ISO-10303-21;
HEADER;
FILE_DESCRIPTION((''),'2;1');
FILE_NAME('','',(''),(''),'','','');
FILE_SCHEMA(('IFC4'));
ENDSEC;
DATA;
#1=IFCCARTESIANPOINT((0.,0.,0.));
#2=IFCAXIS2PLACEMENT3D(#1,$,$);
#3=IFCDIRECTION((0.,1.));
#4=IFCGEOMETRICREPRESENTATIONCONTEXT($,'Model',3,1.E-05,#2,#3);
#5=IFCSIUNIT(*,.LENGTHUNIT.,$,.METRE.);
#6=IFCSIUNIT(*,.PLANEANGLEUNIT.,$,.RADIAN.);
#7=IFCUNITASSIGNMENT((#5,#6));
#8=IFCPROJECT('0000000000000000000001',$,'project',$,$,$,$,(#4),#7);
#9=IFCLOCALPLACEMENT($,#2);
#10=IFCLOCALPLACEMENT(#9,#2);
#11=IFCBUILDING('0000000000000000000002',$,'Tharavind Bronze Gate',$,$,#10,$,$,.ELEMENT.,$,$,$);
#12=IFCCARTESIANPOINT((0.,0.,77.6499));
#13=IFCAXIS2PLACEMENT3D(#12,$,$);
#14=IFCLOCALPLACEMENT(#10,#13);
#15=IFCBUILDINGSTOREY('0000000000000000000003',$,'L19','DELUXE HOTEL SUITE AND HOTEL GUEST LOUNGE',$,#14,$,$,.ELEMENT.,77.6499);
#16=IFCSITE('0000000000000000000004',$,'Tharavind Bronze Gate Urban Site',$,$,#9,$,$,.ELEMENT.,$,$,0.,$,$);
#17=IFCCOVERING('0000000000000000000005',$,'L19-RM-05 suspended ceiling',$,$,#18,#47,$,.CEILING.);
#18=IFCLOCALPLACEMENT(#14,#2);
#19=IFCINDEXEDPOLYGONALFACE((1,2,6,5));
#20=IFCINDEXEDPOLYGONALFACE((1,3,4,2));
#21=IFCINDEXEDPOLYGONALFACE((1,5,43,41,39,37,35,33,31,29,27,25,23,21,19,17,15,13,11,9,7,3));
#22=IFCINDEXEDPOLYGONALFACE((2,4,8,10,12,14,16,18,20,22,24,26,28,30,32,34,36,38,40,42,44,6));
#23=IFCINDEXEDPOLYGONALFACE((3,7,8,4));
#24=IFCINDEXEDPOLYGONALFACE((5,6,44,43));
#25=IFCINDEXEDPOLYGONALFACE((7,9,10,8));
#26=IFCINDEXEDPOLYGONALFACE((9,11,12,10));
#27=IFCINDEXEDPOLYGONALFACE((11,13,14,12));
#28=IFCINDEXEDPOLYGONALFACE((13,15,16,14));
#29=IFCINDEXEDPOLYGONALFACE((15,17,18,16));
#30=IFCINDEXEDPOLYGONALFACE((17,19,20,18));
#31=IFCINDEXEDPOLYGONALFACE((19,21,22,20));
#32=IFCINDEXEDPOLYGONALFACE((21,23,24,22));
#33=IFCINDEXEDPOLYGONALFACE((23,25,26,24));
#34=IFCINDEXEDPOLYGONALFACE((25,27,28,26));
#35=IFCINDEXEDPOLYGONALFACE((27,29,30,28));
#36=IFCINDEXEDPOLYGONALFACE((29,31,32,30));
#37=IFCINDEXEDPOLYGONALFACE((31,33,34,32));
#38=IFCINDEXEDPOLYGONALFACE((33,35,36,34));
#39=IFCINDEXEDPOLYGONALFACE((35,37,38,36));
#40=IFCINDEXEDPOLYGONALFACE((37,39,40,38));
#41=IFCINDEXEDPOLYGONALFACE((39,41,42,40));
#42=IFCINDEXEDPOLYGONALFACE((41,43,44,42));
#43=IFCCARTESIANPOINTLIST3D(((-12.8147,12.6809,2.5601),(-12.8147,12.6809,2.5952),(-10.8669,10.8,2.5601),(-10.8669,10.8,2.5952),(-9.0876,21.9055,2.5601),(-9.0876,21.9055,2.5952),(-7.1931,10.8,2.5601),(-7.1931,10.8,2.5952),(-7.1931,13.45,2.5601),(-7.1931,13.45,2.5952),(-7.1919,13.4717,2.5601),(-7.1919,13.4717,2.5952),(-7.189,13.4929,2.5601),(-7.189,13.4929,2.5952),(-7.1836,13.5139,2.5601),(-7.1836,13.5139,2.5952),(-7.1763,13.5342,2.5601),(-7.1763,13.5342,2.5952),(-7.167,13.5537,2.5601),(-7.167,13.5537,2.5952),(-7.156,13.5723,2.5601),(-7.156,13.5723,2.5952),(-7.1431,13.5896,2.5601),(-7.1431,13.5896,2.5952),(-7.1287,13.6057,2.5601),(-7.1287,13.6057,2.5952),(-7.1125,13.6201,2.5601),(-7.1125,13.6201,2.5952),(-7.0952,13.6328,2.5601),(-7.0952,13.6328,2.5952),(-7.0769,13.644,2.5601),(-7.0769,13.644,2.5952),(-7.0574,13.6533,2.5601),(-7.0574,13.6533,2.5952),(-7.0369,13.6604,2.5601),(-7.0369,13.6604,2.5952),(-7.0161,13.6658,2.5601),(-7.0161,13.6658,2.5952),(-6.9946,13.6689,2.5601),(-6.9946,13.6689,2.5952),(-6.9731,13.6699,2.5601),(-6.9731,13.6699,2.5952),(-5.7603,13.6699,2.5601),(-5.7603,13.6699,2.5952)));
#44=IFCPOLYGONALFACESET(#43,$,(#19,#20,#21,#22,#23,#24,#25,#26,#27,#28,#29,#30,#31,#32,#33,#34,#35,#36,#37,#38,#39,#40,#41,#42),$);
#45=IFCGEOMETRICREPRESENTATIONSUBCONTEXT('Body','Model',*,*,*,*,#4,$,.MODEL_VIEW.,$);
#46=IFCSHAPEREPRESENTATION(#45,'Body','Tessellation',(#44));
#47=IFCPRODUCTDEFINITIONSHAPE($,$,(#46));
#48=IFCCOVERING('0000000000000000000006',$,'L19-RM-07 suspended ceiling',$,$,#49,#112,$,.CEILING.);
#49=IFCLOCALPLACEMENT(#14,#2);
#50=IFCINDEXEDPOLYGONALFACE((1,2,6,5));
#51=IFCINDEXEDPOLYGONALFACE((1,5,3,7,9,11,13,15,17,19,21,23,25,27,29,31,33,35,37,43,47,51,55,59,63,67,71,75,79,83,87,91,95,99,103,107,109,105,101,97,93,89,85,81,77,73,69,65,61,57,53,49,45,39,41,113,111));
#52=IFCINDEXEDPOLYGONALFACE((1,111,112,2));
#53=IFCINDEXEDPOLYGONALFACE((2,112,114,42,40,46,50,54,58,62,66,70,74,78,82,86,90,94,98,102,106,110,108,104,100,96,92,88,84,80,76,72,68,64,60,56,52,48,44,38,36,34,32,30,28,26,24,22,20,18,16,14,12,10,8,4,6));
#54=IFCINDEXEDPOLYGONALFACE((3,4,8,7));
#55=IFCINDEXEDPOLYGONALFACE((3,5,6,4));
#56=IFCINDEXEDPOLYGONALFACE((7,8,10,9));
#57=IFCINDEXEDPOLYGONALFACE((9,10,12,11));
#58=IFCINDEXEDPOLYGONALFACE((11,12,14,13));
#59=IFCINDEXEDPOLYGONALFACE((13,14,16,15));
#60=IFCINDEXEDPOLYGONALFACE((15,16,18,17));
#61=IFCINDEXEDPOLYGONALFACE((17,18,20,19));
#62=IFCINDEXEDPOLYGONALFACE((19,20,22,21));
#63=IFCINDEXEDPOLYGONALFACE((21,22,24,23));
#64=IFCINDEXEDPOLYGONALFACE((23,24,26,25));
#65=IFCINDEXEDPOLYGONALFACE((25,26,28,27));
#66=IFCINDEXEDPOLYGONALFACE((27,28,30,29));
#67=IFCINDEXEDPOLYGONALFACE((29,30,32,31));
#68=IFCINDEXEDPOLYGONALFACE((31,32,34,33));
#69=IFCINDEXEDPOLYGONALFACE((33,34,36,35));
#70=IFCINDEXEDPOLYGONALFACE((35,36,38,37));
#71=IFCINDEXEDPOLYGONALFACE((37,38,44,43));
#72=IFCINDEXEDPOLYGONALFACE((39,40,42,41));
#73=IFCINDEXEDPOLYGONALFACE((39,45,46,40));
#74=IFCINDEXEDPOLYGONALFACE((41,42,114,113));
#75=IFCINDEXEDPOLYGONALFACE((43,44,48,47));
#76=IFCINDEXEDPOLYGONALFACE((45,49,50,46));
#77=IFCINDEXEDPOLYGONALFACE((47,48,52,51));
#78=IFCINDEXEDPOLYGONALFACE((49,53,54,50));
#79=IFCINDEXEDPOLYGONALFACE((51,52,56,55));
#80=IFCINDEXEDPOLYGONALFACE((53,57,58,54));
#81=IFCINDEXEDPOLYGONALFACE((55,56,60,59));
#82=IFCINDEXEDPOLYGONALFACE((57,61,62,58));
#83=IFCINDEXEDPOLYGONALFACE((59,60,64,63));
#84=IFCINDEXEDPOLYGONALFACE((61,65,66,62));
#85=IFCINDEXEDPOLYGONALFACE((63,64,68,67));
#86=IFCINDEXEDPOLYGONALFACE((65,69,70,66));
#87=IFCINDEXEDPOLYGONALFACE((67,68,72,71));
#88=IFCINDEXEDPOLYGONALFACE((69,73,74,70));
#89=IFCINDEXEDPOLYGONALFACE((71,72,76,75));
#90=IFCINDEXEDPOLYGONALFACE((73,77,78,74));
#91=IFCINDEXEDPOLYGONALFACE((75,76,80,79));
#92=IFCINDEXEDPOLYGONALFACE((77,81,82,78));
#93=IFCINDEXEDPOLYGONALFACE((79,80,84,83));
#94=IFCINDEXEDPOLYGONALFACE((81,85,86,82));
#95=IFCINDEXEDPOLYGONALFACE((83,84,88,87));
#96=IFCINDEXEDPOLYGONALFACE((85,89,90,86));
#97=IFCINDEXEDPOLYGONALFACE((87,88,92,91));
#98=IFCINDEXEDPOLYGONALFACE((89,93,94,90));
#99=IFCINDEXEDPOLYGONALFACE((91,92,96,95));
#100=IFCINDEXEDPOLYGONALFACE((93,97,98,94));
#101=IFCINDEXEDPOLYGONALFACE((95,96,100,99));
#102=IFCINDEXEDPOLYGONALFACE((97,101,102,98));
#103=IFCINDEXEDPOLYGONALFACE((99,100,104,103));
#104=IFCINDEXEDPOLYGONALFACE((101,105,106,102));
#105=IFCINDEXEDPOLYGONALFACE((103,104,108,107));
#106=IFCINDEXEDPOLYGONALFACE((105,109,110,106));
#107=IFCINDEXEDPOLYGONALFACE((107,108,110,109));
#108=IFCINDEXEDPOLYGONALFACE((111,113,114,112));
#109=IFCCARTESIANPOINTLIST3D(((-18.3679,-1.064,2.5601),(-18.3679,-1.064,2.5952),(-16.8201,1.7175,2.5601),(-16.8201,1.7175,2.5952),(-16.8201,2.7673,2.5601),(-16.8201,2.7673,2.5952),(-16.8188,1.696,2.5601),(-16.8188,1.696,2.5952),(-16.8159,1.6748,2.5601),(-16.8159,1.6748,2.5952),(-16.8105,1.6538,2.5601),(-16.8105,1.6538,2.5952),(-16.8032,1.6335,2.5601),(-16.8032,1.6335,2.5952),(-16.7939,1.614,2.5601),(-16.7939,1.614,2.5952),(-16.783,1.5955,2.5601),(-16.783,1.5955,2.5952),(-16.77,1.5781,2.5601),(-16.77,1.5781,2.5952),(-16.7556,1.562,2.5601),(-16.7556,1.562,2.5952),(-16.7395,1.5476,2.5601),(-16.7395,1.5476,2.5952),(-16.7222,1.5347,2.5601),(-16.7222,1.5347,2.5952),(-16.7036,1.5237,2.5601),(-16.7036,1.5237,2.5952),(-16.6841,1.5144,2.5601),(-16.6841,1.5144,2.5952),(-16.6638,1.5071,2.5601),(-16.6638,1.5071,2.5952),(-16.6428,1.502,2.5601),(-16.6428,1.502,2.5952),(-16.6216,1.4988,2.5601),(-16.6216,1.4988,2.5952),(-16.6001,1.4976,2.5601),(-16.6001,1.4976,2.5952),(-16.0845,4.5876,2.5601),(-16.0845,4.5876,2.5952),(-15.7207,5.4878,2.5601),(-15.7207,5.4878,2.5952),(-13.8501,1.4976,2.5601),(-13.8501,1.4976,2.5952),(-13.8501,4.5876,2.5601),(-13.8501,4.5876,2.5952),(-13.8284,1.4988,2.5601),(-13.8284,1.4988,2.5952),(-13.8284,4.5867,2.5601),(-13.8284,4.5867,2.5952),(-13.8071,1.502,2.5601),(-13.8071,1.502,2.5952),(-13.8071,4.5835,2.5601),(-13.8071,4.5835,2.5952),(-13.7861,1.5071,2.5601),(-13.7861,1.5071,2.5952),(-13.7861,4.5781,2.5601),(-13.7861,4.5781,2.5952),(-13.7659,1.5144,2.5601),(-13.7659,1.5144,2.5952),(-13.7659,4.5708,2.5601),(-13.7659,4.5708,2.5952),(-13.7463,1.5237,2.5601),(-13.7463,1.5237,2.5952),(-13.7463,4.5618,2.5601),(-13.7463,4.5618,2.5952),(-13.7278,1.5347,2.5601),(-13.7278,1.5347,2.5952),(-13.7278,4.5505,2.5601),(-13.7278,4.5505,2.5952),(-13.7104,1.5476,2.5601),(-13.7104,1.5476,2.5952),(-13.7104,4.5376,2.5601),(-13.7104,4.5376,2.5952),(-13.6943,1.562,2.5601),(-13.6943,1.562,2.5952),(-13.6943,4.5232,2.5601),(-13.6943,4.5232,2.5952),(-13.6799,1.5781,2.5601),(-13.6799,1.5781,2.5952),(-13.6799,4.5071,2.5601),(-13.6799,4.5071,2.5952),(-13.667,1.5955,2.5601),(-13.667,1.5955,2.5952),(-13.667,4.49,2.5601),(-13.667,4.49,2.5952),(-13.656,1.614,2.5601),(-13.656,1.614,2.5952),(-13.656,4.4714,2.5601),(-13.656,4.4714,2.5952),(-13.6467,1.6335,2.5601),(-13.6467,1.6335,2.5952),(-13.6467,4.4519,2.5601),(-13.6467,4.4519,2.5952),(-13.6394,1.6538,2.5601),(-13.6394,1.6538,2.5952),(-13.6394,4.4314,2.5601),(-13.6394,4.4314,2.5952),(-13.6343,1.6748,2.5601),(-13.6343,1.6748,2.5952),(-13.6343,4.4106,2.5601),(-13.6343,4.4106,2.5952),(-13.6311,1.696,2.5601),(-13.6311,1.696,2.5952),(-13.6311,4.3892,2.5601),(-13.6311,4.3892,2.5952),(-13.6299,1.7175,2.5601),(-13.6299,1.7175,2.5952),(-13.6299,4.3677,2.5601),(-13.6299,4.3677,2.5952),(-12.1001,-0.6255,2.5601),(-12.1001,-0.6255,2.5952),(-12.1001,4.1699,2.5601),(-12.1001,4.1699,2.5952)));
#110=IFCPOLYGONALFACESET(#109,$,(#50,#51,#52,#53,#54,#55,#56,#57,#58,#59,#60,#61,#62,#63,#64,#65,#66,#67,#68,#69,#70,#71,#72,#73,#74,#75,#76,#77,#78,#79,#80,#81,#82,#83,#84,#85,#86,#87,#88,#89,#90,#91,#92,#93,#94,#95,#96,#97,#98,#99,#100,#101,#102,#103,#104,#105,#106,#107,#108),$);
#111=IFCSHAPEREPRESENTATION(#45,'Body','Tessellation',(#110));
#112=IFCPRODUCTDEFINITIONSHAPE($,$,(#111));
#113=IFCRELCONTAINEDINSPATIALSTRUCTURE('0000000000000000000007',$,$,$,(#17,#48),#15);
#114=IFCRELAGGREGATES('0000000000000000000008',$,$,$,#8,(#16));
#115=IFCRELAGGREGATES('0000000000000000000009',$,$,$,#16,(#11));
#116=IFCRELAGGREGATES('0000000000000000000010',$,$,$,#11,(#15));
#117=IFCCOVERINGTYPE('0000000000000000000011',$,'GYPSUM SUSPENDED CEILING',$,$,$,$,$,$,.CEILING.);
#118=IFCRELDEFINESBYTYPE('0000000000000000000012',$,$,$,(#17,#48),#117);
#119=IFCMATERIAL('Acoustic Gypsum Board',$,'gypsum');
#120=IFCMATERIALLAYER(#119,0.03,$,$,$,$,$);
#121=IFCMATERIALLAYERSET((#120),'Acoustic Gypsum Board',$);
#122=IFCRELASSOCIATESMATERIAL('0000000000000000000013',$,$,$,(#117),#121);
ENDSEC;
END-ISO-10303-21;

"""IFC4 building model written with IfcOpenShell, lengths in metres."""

from ifc_helpers import new_model, si_unit, direction, frame, origin, place, context, subcontext, project, spatial, polyline, outline, extrude, material, layer, layer_set, type_object, element, save


model = new_model("IFC4")

# Units and contexts
model_context = context("Model", 3, precision=1e-05, world=origin(), true_north=direction((0.0, 1.0)))
body_context = subcontext(model_context, "Body", "Model", "MODEL_VIEW")
ifc_project = project(units=[si_unit("LENGTHUNIT", "METRE"), si_unit("PLANEANGLEUNIT", "RADIAN")], contexts=[model_context])

# Site, building, storey
site_placement = place(None, origin())
site = spatial("IfcSite", under=ifc_project, at=site_placement, Name="Tharavind Bronze Gate Urban Site", CompositionType="ELEMENT", RefElevation=0.0)
building_placement = place(site_placement, origin())
building = spatial("IfcBuilding", under=site, at=building_placement, Name="Tharavind Bronze Gate", CompositionType="ELEMENT")
storey_placement = place(building_placement, frame((0.0, 0.0, 77.6499)))
storey = spatial("IfcBuildingStorey", under=building, at=storey_placement, Name="L19", Description="DELUXE HOTEL SUITE AND HOTEL GUEST LOUNGE", CompositionType="ELEMENT", Elevation=77.6499)

# Coverings
ifc_material_1 = material(Name="Acoustic Gypsum Board", Category="gypsum")
ifc_layer_1 = layer(ifc_material_1, 0.03)
ifc_layer_set_1 = layer_set([ifc_layer_1], Name="Acoustic Gypsum Board")
covering_type_1 = type_object("IfcCoveringType", Name="GYPSUM SUSPENDED CEILING", PredefinedType="CEILING", material=ifc_layer_set_1)
covering_1_placement = place(storey_placement, frame((0.0, 0.0, 2.5601)))
element("IfcCovering", 1, at=covering_1_placement, inside=storey, type_object=covering_type_1, Name="L19-RM-05 suspended ceiling", PredefinedType="CEILING", context=body_context, shape_type="SweptSolid", body=[
    extrude(outline(polyline([(-10.8669, 10.8), (-7.1931, 10.8), (-7.1931, 13.45), (-7.1919, 13.4717), (-7.189, 13.4929), (-7.1836, 13.5139), (-7.1763, 13.5342), (-7.167, 13.5537), (-7.156, 13.5723), (-7.1431, 13.5896), (-7.1287, 13.6057), (-7.1125, 13.6201), (-7.0952, 13.6328), (-7.0769, 13.644), (-7.0574, 13.6533), (-7.0369, 13.6604), (-7.0161, 13.6658), (-6.9946, 13.6689), (-6.9731, 13.6699), (-5.7603, 13.6699), (-9.0876, 21.9055), (-12.8147, 12.6809), (-10.8669, 10.8)])), origin(), (0.0, 0.0, 1.0), 0.0352),
])
covering_2_placement = place(storey_placement, frame((0.0, 0.0, 2.5601)))
element("IfcCovering", 2, at=covering_2_placement, inside=storey, type_object=covering_type_1, Name="L19-RM-07 suspended ceiling", PredefinedType="CEILING", context=body_context, shape_type="SweptSolid", body=[
    extrude(outline(polyline([(-12.1001, -0.6255), (-12.1001, 4.1699), (-15.7207, 5.4878), (-16.0845, 4.5876), (-13.8501, 4.5876), (-13.8284, 4.5867), (-13.8071, 4.5835), (-13.7861, 4.5781), (-13.7659, 4.5708), (-13.7463, 4.5618), (-13.7278, 4.5505), (-13.7104, 4.5376), (-13.6943, 4.5232), (-13.6799, 4.5071), (-13.667, 4.49), (-13.656, 4.4714), (-13.6467, 4.4519), (-13.6394, 4.4314), (-13.6343, 4.4106), (-13.6311, 4.3892), (-13.6299, 4.3677), (-13.6299, 1.7175), (-13.6311, 1.696), (-13.6343, 1.6748), (-13.6394, 1.6538), (-13.6467, 1.6335), (-13.656, 1.614), (-13.667, 1.5955), (-13.6799, 1.5781), (-13.6943, 1.562), (-13.7104, 1.5476), (-13.7278, 1.5347), (-13.7463, 1.5237), (-13.7659, 1.5144), (-13.7861, 1.5071), (-13.8071, 1.502), (-13.8284, 1.4988), (-13.8501, 1.4976), (-16.6001, 1.4976), (-16.6216, 1.4988), (-16.6428, 1.502), (-16.6638, 1.5071), (-16.6841, 1.5144), (-16.7036, 1.5237), (-16.7222, 1.5347), (-16.7395, 1.5476), (-16.7556, 1.562), (-16.77, 1.5781), (-16.783, 1.5955), (-16.7939, 1.614), (-16.8032, 1.6335), (-16.8105, 1.6538), (-16.8159, 1.6748), (-16.8188, 1.696), (-16.8201, 1.7175), (-16.8201, 2.7673), (-18.3679, -1.064), (-12.1001, -0.6255)])), origin(), (0.0, 0.0, 1.0), 0.0352),
])

save(model, "model.ifc")
